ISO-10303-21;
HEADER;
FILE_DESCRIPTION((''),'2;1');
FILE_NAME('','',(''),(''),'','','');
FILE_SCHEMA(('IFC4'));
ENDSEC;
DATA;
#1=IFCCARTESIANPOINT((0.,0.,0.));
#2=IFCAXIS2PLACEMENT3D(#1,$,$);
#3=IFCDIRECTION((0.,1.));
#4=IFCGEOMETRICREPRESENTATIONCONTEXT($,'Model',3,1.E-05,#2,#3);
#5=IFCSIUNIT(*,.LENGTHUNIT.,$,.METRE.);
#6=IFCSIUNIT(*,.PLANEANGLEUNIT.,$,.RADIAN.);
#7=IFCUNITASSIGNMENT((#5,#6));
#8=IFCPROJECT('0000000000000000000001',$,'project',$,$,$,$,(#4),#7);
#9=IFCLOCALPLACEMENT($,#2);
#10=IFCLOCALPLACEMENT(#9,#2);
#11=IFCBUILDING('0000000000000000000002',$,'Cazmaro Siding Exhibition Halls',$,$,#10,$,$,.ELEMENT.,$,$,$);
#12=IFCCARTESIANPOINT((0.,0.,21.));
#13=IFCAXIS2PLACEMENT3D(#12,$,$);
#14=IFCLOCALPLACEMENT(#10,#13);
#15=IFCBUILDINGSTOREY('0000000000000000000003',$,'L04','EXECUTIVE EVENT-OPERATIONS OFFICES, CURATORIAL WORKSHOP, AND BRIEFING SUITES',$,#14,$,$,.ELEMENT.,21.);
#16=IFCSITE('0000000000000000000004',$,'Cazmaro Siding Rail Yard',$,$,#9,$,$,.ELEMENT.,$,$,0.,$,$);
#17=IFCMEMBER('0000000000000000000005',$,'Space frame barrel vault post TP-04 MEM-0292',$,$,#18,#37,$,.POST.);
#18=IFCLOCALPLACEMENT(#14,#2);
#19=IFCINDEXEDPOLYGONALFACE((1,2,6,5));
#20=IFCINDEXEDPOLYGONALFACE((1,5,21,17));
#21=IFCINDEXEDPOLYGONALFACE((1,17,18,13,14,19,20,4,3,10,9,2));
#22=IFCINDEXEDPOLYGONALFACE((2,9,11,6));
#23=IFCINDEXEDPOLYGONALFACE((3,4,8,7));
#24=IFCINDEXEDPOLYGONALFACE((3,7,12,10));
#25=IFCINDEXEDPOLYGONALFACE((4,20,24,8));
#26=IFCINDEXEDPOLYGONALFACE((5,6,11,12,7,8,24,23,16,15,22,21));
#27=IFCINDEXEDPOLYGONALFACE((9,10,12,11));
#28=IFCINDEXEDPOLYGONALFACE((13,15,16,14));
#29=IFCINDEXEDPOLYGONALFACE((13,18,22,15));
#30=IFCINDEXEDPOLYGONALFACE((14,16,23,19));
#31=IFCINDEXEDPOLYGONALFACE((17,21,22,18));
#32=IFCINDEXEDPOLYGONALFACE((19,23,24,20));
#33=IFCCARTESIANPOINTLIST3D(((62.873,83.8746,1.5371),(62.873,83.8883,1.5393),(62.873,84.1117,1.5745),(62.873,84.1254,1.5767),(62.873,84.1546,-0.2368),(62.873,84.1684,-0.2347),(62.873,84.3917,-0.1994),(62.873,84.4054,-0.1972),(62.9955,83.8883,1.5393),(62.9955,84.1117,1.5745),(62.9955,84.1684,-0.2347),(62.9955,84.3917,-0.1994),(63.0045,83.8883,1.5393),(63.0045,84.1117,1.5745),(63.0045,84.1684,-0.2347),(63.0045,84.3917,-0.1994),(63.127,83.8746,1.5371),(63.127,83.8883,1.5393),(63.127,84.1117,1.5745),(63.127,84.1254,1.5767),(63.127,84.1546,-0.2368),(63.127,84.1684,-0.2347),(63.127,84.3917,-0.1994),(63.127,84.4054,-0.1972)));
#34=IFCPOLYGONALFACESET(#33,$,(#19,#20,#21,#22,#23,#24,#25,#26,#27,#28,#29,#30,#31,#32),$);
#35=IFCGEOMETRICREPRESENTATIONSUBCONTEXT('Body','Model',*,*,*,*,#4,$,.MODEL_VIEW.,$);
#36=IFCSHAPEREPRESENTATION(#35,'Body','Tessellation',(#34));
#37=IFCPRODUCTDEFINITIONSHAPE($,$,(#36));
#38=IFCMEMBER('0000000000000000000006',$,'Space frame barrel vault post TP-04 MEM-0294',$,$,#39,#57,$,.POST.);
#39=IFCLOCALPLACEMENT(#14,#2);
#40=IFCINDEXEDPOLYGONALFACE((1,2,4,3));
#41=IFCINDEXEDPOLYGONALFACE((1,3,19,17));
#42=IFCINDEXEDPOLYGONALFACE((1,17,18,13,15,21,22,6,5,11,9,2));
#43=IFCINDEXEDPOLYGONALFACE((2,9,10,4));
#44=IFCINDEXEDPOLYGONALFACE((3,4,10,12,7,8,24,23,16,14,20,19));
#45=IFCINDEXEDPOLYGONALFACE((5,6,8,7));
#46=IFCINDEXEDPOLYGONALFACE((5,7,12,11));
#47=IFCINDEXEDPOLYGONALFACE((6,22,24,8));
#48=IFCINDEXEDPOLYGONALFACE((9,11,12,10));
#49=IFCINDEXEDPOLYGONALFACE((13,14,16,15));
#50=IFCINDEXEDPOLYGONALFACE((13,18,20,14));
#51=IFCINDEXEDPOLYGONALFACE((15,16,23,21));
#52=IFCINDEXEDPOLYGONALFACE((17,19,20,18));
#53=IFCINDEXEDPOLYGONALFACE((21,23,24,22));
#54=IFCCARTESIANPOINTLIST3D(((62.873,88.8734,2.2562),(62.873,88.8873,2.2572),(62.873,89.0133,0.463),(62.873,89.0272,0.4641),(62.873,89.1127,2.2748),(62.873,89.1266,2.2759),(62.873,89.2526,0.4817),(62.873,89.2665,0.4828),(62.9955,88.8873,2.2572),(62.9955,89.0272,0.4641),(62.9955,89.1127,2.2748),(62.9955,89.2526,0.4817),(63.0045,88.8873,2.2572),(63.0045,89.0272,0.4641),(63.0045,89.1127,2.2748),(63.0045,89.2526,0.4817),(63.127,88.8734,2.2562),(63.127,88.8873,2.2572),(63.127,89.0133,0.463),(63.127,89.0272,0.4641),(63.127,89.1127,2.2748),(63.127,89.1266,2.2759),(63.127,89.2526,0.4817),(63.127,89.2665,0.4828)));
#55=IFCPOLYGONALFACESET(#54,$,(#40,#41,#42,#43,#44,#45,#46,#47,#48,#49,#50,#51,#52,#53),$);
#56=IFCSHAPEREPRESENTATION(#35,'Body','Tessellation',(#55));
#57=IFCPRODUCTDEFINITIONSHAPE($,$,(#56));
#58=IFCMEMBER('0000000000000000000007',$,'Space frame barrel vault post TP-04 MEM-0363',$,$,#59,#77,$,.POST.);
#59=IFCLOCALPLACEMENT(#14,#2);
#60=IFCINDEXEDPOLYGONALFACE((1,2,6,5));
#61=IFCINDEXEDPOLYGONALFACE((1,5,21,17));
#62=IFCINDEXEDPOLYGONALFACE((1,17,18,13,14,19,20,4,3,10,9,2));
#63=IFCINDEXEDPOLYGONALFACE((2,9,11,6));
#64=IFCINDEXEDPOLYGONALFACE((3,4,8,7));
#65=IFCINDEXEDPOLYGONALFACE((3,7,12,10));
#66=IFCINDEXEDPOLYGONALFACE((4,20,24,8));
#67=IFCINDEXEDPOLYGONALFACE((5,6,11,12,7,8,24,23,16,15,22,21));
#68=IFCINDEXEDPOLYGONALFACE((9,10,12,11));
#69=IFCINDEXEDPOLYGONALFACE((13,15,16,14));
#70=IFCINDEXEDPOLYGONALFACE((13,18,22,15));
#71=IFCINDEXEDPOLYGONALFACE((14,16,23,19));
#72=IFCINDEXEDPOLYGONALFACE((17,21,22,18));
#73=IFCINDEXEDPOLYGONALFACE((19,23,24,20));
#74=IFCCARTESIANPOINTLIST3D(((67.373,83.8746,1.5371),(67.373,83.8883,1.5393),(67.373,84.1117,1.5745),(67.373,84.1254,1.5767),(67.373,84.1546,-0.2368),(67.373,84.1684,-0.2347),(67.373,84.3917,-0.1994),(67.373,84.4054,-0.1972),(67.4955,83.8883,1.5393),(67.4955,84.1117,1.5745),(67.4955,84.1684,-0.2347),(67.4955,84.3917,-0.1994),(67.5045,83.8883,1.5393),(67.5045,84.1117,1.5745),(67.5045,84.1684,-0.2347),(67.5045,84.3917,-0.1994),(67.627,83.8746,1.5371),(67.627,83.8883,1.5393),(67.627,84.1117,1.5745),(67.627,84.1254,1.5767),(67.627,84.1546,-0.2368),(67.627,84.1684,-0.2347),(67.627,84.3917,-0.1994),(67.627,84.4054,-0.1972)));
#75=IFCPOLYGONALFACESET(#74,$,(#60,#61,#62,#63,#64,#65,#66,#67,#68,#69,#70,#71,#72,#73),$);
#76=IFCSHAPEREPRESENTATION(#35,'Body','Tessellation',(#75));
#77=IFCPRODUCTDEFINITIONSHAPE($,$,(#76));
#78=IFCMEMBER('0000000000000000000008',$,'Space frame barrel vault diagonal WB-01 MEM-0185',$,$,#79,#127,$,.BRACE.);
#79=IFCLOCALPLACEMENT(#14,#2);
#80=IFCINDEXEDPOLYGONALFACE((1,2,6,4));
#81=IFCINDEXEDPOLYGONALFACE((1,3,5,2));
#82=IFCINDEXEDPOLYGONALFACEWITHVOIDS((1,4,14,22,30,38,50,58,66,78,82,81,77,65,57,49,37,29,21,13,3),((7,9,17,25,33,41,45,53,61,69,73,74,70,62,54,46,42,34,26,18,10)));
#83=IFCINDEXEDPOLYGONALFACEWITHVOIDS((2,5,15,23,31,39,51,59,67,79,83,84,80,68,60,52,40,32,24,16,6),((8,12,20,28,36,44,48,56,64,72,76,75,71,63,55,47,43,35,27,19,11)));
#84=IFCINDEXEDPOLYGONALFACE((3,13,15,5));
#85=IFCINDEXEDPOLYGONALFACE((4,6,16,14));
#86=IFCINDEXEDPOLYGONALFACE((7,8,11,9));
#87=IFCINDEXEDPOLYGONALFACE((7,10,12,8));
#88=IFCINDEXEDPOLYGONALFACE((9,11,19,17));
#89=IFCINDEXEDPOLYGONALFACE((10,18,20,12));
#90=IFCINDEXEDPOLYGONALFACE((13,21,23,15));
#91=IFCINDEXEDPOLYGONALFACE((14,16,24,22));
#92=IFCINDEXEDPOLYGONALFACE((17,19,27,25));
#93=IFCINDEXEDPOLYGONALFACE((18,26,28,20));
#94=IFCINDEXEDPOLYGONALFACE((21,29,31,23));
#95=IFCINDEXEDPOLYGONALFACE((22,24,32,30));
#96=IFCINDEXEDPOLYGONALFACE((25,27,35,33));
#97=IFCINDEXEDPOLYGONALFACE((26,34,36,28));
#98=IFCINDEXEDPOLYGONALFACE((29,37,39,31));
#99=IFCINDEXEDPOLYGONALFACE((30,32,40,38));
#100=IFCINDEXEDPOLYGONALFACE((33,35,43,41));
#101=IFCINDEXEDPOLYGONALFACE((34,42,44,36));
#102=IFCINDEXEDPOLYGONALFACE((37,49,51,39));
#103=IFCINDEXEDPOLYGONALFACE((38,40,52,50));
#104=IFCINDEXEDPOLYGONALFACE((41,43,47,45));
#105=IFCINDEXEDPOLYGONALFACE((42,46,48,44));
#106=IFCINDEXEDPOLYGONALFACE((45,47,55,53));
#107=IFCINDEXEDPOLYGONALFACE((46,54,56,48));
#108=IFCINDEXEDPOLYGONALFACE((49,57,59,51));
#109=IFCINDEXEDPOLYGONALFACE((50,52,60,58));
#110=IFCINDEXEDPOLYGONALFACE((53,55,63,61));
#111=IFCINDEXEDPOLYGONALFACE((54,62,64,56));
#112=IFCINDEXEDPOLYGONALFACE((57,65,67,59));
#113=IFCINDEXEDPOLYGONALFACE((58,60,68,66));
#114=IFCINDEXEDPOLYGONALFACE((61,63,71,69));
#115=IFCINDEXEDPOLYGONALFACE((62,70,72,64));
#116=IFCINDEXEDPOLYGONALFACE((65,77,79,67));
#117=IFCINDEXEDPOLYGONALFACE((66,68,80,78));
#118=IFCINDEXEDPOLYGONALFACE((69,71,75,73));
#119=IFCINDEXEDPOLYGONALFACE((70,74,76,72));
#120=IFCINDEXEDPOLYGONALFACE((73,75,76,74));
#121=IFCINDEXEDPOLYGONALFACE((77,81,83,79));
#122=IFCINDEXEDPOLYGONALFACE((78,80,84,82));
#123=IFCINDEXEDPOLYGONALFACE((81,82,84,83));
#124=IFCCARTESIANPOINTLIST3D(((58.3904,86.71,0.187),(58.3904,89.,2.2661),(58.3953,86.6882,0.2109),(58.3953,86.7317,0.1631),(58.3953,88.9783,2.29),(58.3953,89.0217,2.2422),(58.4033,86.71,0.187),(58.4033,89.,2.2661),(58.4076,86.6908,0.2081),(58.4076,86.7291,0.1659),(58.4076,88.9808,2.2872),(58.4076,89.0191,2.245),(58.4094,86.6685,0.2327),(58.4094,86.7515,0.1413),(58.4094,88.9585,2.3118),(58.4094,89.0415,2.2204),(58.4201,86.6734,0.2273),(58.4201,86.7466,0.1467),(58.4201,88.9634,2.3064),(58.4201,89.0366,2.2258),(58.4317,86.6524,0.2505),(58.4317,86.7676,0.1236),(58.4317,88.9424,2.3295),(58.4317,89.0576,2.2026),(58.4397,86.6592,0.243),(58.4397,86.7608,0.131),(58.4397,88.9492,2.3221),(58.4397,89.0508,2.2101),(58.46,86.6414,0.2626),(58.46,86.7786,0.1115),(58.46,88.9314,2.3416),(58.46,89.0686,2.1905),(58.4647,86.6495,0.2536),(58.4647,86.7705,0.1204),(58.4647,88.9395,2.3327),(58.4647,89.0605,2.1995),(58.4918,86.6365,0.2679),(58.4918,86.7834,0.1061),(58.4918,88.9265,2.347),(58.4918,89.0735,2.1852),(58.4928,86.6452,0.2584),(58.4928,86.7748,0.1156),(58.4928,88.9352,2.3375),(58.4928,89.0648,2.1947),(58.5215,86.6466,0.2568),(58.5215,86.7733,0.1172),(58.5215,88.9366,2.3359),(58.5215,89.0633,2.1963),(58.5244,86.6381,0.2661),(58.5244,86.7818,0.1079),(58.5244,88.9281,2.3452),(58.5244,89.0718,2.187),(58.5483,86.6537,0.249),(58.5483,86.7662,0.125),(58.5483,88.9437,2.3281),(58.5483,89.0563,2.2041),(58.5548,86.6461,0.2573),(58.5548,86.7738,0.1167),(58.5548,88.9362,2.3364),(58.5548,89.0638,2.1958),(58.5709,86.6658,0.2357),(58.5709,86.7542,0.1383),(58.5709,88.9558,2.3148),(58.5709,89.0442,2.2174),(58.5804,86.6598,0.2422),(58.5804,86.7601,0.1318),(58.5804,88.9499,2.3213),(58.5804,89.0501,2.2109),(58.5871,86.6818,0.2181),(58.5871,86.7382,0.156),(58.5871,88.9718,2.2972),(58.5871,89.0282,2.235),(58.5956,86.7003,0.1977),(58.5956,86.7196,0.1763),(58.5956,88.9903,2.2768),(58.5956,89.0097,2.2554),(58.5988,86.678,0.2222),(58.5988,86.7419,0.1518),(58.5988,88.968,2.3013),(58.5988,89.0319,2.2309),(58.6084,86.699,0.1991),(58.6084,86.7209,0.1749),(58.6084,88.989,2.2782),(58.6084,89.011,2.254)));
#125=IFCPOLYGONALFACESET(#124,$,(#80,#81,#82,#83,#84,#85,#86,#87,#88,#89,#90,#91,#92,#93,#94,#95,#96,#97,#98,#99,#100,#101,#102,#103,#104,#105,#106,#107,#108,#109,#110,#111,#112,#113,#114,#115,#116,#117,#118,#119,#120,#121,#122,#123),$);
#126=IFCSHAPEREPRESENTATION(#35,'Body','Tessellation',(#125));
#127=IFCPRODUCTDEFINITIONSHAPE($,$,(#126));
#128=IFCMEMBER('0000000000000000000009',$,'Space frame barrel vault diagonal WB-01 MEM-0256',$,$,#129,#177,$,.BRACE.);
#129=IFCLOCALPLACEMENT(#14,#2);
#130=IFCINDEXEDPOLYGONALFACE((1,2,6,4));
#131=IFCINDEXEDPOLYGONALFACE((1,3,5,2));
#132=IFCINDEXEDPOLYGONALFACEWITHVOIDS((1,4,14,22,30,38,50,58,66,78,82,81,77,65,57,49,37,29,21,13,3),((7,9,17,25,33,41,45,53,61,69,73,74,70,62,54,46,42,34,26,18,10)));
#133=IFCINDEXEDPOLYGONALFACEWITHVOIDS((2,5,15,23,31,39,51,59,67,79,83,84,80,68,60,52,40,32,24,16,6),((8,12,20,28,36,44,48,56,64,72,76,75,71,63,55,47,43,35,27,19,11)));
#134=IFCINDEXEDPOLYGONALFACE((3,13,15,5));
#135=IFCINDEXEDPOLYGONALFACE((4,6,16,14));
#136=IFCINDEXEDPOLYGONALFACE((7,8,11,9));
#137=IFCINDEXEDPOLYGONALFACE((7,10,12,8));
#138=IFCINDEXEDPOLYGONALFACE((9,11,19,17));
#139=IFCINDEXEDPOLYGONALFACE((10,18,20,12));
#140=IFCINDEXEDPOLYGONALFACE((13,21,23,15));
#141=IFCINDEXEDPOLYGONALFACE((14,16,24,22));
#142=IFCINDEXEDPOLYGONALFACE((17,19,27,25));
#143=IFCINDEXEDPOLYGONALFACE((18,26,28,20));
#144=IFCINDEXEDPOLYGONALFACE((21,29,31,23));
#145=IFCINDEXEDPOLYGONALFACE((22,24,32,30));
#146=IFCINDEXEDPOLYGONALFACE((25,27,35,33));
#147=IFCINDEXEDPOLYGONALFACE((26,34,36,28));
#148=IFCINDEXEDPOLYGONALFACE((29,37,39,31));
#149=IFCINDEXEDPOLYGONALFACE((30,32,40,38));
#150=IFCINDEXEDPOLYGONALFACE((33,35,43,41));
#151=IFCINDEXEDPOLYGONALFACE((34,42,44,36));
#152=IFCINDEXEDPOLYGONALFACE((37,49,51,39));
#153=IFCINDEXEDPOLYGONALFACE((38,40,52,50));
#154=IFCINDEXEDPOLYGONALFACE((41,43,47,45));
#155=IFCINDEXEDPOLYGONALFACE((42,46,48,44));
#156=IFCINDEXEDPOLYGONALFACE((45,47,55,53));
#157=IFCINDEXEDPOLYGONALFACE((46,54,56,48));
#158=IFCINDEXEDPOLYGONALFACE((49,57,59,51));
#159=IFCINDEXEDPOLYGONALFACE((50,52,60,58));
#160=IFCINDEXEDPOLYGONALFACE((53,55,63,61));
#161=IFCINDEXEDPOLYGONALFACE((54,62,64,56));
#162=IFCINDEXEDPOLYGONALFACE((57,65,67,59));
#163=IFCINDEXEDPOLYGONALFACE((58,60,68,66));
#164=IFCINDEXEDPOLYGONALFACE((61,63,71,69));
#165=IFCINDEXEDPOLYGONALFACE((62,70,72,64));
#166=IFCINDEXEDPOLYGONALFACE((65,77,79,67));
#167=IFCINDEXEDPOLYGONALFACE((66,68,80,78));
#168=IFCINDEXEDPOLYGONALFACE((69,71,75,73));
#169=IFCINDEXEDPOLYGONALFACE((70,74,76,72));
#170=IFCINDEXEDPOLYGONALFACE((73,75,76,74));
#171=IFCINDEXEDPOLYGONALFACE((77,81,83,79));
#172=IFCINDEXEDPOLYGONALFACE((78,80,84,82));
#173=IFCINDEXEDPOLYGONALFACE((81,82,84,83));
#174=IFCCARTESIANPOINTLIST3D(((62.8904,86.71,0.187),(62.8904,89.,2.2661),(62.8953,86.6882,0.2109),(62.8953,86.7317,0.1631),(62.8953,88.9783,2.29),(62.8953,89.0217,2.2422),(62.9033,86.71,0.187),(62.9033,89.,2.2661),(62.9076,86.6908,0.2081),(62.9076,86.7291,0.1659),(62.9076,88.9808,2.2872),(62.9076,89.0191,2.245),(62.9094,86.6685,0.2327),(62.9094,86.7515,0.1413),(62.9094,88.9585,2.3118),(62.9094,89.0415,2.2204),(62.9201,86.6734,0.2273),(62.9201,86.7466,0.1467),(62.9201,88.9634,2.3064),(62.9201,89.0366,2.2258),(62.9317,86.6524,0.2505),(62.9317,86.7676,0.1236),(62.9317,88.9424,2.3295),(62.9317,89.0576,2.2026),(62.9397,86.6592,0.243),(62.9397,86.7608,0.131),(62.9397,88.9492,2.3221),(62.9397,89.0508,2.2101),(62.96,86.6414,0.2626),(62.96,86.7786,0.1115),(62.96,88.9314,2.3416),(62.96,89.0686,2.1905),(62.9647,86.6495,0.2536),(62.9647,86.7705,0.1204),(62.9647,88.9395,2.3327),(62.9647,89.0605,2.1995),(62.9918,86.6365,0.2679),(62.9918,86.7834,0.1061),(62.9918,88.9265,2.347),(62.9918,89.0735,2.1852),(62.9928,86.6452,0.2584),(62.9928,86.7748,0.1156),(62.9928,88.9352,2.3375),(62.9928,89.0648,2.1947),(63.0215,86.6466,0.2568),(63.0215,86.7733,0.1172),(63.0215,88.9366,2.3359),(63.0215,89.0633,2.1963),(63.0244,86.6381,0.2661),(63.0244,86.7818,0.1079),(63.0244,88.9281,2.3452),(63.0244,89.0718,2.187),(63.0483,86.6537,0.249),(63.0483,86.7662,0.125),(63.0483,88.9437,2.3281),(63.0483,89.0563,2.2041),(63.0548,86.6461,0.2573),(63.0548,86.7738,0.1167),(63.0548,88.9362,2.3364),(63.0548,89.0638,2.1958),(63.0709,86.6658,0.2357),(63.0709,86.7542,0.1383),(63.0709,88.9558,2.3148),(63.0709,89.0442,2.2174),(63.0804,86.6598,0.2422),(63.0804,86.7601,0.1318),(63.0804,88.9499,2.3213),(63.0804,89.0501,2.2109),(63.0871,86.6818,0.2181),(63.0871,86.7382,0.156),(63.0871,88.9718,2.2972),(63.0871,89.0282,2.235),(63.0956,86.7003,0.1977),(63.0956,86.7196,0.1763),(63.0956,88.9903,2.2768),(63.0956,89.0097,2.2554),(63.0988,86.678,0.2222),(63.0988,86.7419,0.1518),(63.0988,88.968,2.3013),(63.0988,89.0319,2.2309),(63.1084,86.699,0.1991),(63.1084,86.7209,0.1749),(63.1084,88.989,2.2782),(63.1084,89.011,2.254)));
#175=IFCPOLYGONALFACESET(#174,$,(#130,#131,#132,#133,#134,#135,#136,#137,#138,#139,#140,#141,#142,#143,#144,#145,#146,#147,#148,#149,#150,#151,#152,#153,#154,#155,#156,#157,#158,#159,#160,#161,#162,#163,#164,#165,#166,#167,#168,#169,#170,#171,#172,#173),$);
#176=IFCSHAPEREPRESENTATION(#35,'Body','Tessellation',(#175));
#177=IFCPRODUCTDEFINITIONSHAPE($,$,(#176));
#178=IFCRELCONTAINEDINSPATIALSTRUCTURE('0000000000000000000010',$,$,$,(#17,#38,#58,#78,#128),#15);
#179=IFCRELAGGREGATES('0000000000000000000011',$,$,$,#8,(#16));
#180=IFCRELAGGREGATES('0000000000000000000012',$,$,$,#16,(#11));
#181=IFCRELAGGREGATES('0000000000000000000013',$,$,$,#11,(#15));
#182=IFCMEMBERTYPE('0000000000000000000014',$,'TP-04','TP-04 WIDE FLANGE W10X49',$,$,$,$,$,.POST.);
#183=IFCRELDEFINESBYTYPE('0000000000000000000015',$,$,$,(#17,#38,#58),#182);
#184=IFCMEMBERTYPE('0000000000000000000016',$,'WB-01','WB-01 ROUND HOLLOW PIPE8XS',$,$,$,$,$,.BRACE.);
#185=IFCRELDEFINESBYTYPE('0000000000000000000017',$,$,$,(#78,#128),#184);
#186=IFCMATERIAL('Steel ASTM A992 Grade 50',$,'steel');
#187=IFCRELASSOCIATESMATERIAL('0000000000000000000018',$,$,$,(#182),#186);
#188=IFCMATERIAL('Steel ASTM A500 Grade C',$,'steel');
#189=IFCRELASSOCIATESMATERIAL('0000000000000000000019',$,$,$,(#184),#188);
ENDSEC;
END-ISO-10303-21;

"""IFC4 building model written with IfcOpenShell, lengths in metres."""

from ifc_helpers import new_model, si_unit, direction, frame, origin, origin_2d, place, context, subcontext, project, spatial, hollow_circle, i_section, extrude, material, material_profile, profile_set, type_object, element, save


model = new_model("IFC4")

# Units and contexts
model_context = context("Model", 3, precision=1e-05, world=origin(), true_north=direction((0.0, 1.0)))
body_context = subcontext(model_context, "Body", "Model", "MODEL_VIEW")
ifc_project = project(units=[si_unit("LENGTHUNIT", "METRE"), si_unit("PLANEANGLEUNIT", "RADIAN")], contexts=[model_context])

# Site, building, storey
site_placement = place(None, origin())
site = spatial("IfcSite", under=ifc_project, at=site_placement, Name="Cazmaro Siding Rail Yard", CompositionType="ELEMENT", RefElevation=0.0)
building_placement = place(site_placement, origin())
building = spatial("IfcBuilding", under=site, at=building_placement, Name="Cazmaro Siding Exhibition Halls", CompositionType="ELEMENT")
storey_placement = place(building_placement, frame((0.0, 0.0, 21.0)))
storey = spatial("IfcBuildingStorey", under=building, at=storey_placement, Name="L04", Description="EXECUTIVE EVENT-OPERATIONS OFFICES, CURATORIAL WORKSHOP, AND BRIEFING SUITES", CompositionType="ELEMENT", Elevation=21.0)

# Members
ifc_material_1 = material(Name="Steel ASTM A992 Grade 50", Category="steel")
ifc_material_profile_1 = material_profile(ifc_material_1, i_section(OverallWidth=0.2539, OverallDepth=0.2539, WebThickness=0.009, FlangeThickness=0.0139, at=origin_2d()), Name="W10X49")
ifc_profile_set_1 = profile_set([ifc_material_profile_1], Name="Steel ASTM A992 Grade 50")
member_type_1 = type_object("IfcMemberType", Name="TP-04", Description="TP-04 WIDE FLANGE W10X49", PredefinedType="POST", material=ifc_profile_set_1)
member_1_placement = place(storey_placement, frame((63.0, 84.28, -0.217), z_axis=(0.0, -0.155928, 0.987768), x_axis=(1.0, 0.0, 0.0)))
element("IfcMember", 1, at=member_1_placement, inside=storey, type_object=member_type_1, Name="Space frame barrel vault post TP-04 MEM-0292", PredefinedType="POST", context=body_context, shape_type="SweptSolid", body=[
    extrude(i_section(OverallWidth=0.2539, OverallDepth=0.2539, WebThickness=0.009, FlangeThickness=0.0139, at=origin_2d()), origin(), (0.0, 0.0, 1.0), 1.7959),
])
member_2_placement = place(storey_placement, frame((63.0, 89.1399, 0.4729), z_axis=(0.0, -0.077776, 0.996971), x_axis=(1.0, 0.0, 0.0)))
element("IfcMember", 2, at=member_2_placement, inside=storey, type_object=member_type_1, Name="Space frame barrel vault post TP-04 MEM-0294", PredefinedType="POST", context=body_context, shape_type="SweptSolid", body=[
    extrude(i_section(OverallWidth=0.2539, OverallDepth=0.2539, WebThickness=0.009, FlangeThickness=0.0139, at=origin_2d()), origin(), (0.0, 0.0, 1.0), 1.7986),
])
member_3_placement = place(storey_placement, frame((67.5, 84.28, -0.217), z_axis=(0.0, -0.155928, 0.987768), x_axis=(1.0, 0.0, 0.0)))
element("IfcMember", 3, at=member_3_placement, inside=storey, type_object=member_type_1, Name="Space frame barrel vault post TP-04 MEM-0363", PredefinedType="POST", context=body_context, shape_type="SweptSolid", body=[
    extrude(i_section(OverallWidth=0.2539, OverallDepth=0.2539, WebThickness=0.009, FlangeThickness=0.0139, at=origin_2d()), origin(), (0.0, 0.0, 1.0), 1.7959),
])
ifc_material_2 = material(Name="Steel ASTM A500 Grade C", Category="steel")
ifc_material_profile_2 = material_profile(ifc_material_2, hollow_circle(Radius=0.1096, WallThickness=0.0129, at=origin_2d()), Name="PIPE8XS")
ifc_profile_set_2 = profile_set([ifc_material_profile_2], Name="Steel ASTM A500 Grade C")
member_type_2 = type_object("IfcMemberType", Name="WB-01", Description="WB-01 ROUND HOLLOW PIPE8XS", PredefinedType="BRACE", material=ifc_profile_set_2)
for number, where, z_axis, x_axis, name in (
    (4, (58.5, 86.71, 0.187), (0.0, 0.740383, 0.672185), (-1.0, 0.0, 0.0), "Space frame barrel vault diagonal WB-01 MEM-0185"),
    (5, (63.0, 86.71, 0.187), (0.0, 0.740383, 0.672185), (-1.0, 0.0, 0.0), "Space frame barrel vault diagonal WB-01 MEM-0256"),
):
    element("IfcMember", number, at=place(storey_placement, frame(where, z_axis=z_axis, x_axis=x_axis)), inside=storey, type_object=member_type_2, Name=name, PredefinedType="BRACE", context=body_context, shape_type="SweptSolid", body=[
        extrude(hollow_circle(Radius=0.1096, WallThickness=0.0129, at=origin_2d()), origin(), (0.0, 0.0, 1.0), 3.093),
    ])

save(model, "model.ifc")
